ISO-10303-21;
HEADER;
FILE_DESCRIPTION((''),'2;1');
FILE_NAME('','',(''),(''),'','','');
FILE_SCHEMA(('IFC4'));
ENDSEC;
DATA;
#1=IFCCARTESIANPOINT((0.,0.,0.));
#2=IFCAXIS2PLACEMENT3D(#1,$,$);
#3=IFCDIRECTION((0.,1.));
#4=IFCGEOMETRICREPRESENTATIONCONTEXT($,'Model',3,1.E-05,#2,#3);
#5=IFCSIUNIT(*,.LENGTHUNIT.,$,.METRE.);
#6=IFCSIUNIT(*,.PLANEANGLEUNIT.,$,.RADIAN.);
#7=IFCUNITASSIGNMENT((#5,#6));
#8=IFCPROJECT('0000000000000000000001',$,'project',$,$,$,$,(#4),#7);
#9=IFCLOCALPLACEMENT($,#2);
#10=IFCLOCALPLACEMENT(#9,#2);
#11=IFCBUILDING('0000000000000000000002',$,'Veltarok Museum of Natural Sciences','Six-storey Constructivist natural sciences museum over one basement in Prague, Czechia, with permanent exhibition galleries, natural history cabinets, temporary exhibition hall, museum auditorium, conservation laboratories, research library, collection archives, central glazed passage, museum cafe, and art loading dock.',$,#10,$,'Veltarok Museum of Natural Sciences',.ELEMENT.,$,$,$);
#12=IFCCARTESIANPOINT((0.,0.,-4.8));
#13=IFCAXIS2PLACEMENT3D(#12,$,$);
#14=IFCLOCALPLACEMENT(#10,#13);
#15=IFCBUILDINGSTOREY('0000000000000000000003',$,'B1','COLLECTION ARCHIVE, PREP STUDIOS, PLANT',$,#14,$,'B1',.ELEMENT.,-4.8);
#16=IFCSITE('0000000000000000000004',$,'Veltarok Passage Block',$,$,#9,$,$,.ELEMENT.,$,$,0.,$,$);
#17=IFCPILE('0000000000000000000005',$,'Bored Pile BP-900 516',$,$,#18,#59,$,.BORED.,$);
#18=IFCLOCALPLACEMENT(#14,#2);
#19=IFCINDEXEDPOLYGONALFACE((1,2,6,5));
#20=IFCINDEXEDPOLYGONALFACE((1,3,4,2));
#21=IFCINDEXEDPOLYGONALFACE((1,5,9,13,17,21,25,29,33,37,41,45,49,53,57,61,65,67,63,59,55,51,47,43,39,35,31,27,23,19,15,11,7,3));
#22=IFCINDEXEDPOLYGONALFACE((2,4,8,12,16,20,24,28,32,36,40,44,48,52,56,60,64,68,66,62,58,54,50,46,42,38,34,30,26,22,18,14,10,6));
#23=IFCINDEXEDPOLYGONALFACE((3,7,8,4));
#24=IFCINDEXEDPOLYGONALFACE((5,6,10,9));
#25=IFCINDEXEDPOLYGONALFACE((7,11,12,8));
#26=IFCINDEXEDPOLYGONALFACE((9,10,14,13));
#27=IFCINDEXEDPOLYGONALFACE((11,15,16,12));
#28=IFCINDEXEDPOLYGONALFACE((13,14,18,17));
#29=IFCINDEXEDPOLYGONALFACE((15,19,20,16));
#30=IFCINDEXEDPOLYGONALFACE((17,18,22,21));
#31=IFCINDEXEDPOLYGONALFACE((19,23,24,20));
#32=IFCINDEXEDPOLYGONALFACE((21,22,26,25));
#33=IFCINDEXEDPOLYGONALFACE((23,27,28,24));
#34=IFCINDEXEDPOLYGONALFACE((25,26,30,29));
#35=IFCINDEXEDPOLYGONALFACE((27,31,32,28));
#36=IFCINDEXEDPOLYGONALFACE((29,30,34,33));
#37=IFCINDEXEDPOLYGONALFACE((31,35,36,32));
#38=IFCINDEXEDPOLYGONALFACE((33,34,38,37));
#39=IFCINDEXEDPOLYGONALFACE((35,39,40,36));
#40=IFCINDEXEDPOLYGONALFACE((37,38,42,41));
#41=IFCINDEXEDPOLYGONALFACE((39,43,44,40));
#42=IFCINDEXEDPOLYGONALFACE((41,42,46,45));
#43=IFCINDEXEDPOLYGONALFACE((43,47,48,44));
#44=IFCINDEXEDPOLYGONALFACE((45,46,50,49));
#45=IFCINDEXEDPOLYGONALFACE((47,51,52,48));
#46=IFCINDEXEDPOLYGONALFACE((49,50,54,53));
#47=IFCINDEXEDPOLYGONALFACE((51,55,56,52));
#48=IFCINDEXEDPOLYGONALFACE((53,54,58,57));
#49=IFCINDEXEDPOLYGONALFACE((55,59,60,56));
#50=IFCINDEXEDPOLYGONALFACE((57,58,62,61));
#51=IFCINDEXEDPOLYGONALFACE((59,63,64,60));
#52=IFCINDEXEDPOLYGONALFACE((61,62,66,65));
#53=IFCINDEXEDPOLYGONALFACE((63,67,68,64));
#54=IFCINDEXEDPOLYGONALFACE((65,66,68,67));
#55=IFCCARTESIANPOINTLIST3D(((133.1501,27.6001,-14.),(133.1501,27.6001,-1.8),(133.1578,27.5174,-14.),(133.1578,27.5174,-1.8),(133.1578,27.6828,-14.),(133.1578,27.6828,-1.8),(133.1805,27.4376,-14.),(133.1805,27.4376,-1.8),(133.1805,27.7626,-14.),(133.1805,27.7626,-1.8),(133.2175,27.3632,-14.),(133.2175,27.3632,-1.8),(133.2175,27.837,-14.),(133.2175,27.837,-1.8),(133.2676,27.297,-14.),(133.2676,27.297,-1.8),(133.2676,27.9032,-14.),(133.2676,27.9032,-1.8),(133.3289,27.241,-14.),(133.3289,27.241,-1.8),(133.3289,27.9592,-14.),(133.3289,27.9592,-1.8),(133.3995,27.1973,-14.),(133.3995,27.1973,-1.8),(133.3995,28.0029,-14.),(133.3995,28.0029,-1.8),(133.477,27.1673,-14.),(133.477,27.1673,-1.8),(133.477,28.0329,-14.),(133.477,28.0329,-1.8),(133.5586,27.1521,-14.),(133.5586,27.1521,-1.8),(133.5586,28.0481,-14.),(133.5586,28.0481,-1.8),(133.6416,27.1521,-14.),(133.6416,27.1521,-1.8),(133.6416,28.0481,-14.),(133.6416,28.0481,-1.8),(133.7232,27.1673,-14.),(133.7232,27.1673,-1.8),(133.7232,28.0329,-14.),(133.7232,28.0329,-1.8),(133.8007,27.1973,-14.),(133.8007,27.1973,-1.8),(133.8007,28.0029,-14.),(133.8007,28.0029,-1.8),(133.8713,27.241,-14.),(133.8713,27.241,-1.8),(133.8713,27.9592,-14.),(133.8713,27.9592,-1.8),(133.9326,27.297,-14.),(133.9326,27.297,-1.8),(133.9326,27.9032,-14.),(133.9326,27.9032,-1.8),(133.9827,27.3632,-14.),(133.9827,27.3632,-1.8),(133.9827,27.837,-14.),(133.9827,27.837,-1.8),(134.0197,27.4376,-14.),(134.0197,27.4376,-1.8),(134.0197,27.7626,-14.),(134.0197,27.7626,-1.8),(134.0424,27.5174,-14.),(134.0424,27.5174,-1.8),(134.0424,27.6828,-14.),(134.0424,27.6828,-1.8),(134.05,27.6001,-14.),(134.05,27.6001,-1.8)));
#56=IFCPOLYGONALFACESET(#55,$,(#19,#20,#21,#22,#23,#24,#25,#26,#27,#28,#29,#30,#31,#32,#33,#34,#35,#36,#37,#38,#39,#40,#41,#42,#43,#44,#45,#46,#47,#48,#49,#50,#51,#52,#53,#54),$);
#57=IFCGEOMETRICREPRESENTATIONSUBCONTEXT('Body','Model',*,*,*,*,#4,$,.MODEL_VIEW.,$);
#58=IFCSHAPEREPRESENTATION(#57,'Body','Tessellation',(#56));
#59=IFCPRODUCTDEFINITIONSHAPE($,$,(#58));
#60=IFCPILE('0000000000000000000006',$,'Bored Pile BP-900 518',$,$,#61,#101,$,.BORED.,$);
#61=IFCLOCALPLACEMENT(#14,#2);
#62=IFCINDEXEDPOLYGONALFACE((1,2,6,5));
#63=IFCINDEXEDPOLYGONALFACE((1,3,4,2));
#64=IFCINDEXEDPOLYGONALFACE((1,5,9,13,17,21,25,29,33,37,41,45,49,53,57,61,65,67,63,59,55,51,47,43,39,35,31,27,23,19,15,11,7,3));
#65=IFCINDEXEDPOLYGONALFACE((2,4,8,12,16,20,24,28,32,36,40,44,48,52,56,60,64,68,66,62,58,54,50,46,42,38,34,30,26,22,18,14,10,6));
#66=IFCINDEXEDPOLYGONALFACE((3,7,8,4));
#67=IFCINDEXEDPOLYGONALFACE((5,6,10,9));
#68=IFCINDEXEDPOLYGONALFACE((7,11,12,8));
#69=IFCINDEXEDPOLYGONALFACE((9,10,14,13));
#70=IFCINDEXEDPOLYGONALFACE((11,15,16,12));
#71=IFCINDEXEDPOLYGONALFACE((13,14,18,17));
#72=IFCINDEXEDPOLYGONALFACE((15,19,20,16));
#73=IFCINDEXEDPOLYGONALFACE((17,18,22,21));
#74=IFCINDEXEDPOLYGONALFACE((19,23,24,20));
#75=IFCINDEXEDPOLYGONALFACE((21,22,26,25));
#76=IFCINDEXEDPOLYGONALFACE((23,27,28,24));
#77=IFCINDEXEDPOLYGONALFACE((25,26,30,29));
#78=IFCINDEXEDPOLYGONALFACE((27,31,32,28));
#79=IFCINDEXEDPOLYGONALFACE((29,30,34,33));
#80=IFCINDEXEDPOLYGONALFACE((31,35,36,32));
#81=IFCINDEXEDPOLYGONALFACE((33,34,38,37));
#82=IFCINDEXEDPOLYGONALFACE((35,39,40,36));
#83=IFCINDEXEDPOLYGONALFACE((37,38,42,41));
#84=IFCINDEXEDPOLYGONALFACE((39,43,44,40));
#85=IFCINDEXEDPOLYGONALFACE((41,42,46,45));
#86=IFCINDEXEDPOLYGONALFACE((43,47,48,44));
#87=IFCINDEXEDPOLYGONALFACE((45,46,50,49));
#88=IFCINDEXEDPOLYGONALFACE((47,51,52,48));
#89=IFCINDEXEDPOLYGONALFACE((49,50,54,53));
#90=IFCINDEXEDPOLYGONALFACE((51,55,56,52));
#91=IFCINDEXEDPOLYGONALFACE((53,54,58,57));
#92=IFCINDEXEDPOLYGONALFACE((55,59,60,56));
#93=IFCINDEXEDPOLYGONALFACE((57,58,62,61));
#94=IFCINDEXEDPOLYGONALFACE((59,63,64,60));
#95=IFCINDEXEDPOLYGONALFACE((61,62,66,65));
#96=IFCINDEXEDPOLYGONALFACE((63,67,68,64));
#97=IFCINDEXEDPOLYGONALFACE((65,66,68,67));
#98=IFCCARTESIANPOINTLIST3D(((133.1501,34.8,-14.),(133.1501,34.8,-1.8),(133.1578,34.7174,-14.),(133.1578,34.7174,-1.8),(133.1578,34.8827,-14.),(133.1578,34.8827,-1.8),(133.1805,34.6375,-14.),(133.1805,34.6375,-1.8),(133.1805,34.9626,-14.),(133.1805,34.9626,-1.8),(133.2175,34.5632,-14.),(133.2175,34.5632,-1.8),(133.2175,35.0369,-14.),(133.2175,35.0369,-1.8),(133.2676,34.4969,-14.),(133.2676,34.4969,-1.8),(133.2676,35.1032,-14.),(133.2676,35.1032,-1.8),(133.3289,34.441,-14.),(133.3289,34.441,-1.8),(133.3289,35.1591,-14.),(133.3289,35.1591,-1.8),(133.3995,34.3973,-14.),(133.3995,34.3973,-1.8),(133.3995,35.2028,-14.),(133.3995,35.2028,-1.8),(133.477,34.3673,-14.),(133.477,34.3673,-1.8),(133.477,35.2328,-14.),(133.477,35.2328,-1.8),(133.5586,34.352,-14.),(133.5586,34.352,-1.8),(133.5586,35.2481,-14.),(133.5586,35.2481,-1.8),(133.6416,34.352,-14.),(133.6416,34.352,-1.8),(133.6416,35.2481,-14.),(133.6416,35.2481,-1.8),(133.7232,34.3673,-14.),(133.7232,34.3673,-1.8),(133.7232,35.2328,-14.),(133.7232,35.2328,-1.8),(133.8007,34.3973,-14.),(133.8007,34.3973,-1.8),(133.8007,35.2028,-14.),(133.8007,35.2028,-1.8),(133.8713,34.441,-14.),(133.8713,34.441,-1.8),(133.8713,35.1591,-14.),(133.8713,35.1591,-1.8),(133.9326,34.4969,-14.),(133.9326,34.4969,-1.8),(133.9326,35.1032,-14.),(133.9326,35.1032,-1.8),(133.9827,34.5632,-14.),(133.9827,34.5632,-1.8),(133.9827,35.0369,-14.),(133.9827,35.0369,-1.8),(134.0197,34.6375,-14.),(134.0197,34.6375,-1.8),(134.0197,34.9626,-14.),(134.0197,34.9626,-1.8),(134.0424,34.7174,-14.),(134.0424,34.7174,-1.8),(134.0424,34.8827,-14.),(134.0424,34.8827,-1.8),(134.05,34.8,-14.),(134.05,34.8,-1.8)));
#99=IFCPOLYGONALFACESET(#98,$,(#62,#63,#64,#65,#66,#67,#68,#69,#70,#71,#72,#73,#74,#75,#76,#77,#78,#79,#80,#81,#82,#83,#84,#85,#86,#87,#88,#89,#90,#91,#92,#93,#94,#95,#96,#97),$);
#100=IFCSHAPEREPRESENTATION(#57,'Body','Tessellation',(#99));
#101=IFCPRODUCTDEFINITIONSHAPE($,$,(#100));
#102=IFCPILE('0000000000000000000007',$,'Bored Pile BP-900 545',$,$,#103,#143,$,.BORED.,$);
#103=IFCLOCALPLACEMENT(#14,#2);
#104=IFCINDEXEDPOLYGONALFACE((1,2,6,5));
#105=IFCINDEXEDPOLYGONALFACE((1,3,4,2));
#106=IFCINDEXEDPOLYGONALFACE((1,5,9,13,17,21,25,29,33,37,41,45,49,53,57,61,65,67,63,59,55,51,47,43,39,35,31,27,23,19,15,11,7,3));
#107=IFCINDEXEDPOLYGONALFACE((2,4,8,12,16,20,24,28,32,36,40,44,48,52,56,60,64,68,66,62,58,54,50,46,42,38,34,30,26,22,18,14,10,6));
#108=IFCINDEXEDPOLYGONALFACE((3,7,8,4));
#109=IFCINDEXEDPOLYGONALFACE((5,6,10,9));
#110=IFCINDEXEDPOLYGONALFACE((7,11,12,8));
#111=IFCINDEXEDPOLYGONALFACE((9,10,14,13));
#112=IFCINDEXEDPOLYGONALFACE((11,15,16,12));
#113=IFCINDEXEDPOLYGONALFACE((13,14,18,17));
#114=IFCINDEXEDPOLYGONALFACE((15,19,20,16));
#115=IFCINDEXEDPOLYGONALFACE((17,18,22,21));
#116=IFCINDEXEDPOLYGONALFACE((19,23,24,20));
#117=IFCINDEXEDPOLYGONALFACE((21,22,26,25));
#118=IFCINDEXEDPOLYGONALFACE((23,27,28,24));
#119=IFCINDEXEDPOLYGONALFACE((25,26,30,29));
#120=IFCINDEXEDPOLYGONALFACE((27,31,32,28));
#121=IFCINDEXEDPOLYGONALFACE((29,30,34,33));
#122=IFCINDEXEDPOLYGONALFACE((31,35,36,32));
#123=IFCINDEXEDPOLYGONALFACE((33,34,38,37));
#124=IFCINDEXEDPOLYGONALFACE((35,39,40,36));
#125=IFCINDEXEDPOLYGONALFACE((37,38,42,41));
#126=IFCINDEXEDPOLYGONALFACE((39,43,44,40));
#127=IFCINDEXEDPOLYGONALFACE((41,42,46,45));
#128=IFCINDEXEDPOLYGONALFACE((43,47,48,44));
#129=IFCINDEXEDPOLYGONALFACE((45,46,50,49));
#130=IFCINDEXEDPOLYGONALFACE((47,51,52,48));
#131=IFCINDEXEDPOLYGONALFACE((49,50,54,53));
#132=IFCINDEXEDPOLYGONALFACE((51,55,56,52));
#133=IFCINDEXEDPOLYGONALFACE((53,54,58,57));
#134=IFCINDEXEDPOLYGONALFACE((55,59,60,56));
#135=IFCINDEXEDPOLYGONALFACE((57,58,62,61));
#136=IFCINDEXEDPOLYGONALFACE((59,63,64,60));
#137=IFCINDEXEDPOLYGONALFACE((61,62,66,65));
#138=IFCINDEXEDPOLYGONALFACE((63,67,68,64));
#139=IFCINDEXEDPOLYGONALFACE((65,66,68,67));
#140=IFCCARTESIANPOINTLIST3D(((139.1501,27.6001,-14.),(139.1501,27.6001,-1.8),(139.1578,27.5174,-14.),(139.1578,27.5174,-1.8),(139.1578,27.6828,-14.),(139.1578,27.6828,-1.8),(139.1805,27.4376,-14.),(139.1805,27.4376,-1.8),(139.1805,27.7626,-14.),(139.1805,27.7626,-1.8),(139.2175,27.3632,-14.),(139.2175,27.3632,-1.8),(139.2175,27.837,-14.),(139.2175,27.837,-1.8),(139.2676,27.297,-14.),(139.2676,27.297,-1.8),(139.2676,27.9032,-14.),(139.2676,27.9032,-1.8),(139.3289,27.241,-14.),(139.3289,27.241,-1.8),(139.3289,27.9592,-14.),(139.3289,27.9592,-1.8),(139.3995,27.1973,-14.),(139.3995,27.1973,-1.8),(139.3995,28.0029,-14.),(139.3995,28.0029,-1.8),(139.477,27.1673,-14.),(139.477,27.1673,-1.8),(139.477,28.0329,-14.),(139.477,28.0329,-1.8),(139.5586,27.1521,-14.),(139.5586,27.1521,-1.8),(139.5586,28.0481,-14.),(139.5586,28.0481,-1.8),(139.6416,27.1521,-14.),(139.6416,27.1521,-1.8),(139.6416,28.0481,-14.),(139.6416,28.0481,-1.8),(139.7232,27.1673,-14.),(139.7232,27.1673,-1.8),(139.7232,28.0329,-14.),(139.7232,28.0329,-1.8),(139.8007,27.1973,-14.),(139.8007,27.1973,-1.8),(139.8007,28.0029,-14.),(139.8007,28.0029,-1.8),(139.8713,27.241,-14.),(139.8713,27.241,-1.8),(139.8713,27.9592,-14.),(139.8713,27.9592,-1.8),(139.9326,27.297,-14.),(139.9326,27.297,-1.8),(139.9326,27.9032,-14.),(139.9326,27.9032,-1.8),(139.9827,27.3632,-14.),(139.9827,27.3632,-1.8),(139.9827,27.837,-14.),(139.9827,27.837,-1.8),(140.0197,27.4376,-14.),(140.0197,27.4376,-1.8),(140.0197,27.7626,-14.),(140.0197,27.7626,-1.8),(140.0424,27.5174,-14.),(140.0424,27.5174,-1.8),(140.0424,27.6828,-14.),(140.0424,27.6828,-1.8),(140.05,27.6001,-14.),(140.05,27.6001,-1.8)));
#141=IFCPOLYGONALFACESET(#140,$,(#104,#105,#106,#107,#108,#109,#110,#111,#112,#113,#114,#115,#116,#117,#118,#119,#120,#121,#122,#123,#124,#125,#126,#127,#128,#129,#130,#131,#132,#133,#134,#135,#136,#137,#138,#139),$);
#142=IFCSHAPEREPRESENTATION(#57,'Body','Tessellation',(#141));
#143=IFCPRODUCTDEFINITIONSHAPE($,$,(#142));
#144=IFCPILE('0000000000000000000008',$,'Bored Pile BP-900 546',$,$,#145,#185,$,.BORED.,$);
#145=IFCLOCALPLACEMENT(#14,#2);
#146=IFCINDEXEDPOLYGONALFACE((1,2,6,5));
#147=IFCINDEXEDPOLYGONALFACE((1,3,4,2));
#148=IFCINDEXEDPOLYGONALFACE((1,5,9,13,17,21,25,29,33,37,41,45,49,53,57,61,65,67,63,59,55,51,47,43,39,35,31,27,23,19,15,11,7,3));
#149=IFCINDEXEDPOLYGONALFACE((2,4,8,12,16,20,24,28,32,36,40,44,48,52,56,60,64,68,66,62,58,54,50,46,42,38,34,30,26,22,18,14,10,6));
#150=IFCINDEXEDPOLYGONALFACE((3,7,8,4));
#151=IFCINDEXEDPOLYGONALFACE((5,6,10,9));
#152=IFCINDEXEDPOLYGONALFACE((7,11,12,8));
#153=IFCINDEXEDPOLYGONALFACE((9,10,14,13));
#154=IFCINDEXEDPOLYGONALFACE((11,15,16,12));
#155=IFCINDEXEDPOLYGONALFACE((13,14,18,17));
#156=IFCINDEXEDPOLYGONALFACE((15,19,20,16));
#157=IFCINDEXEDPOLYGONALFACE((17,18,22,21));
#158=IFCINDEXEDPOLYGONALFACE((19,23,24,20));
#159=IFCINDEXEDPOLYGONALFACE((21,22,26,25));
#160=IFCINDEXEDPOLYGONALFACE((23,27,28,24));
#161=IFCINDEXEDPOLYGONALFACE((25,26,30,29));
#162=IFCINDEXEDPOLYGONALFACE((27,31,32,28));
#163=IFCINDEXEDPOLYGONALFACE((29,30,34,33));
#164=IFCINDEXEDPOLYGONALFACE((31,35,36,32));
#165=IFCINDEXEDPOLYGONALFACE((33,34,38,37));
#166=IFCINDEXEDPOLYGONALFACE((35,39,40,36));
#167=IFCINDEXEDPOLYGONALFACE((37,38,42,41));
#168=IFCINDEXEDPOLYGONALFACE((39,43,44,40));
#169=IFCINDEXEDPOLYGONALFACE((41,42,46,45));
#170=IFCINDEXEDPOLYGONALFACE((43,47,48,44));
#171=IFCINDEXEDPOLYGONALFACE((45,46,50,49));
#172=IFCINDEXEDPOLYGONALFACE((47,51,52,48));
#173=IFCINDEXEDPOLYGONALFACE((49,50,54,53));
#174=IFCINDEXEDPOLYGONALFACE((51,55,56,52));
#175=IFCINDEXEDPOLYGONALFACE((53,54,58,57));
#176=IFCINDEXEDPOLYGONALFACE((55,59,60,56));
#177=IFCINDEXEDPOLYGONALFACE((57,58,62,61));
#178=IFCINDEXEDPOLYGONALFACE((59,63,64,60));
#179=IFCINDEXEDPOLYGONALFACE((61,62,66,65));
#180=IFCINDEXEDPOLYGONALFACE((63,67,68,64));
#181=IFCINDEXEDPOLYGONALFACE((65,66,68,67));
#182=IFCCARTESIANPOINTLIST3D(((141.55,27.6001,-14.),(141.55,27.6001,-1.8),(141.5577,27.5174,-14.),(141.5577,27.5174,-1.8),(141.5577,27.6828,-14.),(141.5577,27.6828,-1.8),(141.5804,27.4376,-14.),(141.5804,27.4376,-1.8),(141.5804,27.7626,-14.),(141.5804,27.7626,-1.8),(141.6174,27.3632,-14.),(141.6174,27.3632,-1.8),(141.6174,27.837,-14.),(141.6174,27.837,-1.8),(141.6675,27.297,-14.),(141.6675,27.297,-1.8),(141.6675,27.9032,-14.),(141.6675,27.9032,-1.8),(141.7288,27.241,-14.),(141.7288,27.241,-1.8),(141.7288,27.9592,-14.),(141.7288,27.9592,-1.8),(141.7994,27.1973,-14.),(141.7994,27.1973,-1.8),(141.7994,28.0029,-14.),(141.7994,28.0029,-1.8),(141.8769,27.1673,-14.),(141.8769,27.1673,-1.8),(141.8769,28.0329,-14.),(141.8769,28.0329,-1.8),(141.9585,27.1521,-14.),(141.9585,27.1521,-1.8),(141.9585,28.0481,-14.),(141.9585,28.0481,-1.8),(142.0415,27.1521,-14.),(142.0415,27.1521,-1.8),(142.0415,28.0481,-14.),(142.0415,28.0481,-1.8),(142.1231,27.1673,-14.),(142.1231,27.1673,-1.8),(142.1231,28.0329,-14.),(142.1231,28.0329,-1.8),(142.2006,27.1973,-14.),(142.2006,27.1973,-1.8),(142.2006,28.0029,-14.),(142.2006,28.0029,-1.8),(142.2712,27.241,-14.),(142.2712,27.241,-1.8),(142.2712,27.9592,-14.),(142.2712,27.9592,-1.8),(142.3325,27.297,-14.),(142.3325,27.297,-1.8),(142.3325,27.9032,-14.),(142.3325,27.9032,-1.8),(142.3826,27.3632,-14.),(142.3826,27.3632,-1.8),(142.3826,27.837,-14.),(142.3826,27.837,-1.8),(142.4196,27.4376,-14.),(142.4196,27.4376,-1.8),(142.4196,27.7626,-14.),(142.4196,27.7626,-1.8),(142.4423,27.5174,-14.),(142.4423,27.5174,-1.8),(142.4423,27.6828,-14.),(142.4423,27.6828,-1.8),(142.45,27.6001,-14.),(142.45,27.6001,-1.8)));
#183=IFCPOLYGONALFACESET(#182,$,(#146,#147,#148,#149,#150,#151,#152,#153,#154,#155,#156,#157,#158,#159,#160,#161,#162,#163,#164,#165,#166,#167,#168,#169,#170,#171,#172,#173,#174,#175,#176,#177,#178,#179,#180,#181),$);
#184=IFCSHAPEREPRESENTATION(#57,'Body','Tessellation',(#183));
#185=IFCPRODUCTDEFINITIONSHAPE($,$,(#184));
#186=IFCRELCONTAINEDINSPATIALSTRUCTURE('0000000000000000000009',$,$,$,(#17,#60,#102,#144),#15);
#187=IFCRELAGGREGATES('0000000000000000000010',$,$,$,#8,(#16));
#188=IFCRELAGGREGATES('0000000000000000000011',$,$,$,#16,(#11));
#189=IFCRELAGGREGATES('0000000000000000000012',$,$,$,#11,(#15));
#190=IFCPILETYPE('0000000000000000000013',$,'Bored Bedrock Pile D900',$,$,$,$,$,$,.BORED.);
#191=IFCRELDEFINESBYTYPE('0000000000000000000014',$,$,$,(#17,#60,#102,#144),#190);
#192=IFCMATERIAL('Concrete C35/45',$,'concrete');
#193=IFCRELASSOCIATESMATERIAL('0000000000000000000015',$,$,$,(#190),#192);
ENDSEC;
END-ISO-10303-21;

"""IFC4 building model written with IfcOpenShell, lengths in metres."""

from ifc_helpers import new_model, si_unit, direction, frame, origin, origin_2d, place, context, subcontext, project, spatial, circle, extrude, material, material_profile, profile_set, type_object, element, save


model = new_model("IFC4")

# Units and contexts
model_context = context("Model", 3, precision=1e-05, world=origin(), true_north=direction((0.0, 1.0)))
body_context = subcontext(model_context, "Body", "Model", "MODEL_VIEW")
ifc_project = project(units=[si_unit("LENGTHUNIT", "METRE"), si_unit("PLANEANGLEUNIT", "RADIAN")], contexts=[model_context])

# Site, building, storey
site_placement = place(None, origin())
site = spatial("IfcSite", under=ifc_project, at=site_placement, Name="Veltarok Passage Block", CompositionType="ELEMENT", RefElevation=0.0)
building_placement = place(site_placement, origin())
building = spatial("IfcBuilding", under=site, at=building_placement, Name="Veltarok Museum of Natural Sciences", Description="Six-storey Constructivist natural sciences museum over one basement in Prague, Czechia, with permanent exhibition galleries, natural history cabinets, temporary exhibition hall, museum auditorium, conservation laboratories, research library, collection archives, central glazed passage, museum cafe, and art loading dock.", LongName="Veltarok Museum of Natural Sciences", CompositionType="ELEMENT")
storey_placement = place(building_placement, frame((0.0, 0.0, -4.8)))
storey = spatial("IfcBuildingStorey", under=building, at=storey_placement, Name="B1", Description="COLLECTION ARCHIVE, PREP STUDIOS, PLANT", LongName="B1", CompositionType="ELEMENT", Elevation=-4.8)

# Piles
ifc_material_1 = material(Name="Concrete C35/45", Category="concrete")
ifc_material_profile_1 = material_profile(ifc_material_1, circle(Radius=0.45, at=origin_2d()), Name="BP D900")
ifc_profile_set_1 = profile_set([ifc_material_profile_1], Name="Concrete C35/45")
pile_type = type_object("IfcPileType", Name="Bored Bedrock Pile D900", PredefinedType="BORED", material=ifc_profile_set_1)
for number, where, z_axis, x_axis, name in (
    (1, (133.6001, 27.6001, -1.8), (0.0, 0.0, -1.0), (1.0, 0.0, 0.0), "Bored Pile BP-900 516"),
    (2, (133.6001, 34.8, -1.8), (0.0, 0.0, -1.0), (1.0, 0.0, 0.0), "Bored Pile BP-900 518"),
    (3, (139.6001, 27.6001, -1.8), (0.0, 0.0, -1.0), (1.0, 0.0, 0.0), "Bored Pile BP-900 545"),
    (4, (142.0, 27.6001, -1.8), (0.0, 0.0, -1.0), (1.0, 0.0, 0.0), "Bored Pile BP-900 546"),
):
    element("IfcPile", number, at=place(storey_placement, frame(where, z_axis=z_axis, x_axis=x_axis)), inside=storey, type_object=pile_type, Name=name, PredefinedType="BORED", context=body_context, shape_type="SweptSolid", body=[
        extrude(circle(Radius=0.45, at=origin_2d()), origin(), (0.0, 0.0, 1.0), 12.2),
    ])

save(model, "model.ifc")
